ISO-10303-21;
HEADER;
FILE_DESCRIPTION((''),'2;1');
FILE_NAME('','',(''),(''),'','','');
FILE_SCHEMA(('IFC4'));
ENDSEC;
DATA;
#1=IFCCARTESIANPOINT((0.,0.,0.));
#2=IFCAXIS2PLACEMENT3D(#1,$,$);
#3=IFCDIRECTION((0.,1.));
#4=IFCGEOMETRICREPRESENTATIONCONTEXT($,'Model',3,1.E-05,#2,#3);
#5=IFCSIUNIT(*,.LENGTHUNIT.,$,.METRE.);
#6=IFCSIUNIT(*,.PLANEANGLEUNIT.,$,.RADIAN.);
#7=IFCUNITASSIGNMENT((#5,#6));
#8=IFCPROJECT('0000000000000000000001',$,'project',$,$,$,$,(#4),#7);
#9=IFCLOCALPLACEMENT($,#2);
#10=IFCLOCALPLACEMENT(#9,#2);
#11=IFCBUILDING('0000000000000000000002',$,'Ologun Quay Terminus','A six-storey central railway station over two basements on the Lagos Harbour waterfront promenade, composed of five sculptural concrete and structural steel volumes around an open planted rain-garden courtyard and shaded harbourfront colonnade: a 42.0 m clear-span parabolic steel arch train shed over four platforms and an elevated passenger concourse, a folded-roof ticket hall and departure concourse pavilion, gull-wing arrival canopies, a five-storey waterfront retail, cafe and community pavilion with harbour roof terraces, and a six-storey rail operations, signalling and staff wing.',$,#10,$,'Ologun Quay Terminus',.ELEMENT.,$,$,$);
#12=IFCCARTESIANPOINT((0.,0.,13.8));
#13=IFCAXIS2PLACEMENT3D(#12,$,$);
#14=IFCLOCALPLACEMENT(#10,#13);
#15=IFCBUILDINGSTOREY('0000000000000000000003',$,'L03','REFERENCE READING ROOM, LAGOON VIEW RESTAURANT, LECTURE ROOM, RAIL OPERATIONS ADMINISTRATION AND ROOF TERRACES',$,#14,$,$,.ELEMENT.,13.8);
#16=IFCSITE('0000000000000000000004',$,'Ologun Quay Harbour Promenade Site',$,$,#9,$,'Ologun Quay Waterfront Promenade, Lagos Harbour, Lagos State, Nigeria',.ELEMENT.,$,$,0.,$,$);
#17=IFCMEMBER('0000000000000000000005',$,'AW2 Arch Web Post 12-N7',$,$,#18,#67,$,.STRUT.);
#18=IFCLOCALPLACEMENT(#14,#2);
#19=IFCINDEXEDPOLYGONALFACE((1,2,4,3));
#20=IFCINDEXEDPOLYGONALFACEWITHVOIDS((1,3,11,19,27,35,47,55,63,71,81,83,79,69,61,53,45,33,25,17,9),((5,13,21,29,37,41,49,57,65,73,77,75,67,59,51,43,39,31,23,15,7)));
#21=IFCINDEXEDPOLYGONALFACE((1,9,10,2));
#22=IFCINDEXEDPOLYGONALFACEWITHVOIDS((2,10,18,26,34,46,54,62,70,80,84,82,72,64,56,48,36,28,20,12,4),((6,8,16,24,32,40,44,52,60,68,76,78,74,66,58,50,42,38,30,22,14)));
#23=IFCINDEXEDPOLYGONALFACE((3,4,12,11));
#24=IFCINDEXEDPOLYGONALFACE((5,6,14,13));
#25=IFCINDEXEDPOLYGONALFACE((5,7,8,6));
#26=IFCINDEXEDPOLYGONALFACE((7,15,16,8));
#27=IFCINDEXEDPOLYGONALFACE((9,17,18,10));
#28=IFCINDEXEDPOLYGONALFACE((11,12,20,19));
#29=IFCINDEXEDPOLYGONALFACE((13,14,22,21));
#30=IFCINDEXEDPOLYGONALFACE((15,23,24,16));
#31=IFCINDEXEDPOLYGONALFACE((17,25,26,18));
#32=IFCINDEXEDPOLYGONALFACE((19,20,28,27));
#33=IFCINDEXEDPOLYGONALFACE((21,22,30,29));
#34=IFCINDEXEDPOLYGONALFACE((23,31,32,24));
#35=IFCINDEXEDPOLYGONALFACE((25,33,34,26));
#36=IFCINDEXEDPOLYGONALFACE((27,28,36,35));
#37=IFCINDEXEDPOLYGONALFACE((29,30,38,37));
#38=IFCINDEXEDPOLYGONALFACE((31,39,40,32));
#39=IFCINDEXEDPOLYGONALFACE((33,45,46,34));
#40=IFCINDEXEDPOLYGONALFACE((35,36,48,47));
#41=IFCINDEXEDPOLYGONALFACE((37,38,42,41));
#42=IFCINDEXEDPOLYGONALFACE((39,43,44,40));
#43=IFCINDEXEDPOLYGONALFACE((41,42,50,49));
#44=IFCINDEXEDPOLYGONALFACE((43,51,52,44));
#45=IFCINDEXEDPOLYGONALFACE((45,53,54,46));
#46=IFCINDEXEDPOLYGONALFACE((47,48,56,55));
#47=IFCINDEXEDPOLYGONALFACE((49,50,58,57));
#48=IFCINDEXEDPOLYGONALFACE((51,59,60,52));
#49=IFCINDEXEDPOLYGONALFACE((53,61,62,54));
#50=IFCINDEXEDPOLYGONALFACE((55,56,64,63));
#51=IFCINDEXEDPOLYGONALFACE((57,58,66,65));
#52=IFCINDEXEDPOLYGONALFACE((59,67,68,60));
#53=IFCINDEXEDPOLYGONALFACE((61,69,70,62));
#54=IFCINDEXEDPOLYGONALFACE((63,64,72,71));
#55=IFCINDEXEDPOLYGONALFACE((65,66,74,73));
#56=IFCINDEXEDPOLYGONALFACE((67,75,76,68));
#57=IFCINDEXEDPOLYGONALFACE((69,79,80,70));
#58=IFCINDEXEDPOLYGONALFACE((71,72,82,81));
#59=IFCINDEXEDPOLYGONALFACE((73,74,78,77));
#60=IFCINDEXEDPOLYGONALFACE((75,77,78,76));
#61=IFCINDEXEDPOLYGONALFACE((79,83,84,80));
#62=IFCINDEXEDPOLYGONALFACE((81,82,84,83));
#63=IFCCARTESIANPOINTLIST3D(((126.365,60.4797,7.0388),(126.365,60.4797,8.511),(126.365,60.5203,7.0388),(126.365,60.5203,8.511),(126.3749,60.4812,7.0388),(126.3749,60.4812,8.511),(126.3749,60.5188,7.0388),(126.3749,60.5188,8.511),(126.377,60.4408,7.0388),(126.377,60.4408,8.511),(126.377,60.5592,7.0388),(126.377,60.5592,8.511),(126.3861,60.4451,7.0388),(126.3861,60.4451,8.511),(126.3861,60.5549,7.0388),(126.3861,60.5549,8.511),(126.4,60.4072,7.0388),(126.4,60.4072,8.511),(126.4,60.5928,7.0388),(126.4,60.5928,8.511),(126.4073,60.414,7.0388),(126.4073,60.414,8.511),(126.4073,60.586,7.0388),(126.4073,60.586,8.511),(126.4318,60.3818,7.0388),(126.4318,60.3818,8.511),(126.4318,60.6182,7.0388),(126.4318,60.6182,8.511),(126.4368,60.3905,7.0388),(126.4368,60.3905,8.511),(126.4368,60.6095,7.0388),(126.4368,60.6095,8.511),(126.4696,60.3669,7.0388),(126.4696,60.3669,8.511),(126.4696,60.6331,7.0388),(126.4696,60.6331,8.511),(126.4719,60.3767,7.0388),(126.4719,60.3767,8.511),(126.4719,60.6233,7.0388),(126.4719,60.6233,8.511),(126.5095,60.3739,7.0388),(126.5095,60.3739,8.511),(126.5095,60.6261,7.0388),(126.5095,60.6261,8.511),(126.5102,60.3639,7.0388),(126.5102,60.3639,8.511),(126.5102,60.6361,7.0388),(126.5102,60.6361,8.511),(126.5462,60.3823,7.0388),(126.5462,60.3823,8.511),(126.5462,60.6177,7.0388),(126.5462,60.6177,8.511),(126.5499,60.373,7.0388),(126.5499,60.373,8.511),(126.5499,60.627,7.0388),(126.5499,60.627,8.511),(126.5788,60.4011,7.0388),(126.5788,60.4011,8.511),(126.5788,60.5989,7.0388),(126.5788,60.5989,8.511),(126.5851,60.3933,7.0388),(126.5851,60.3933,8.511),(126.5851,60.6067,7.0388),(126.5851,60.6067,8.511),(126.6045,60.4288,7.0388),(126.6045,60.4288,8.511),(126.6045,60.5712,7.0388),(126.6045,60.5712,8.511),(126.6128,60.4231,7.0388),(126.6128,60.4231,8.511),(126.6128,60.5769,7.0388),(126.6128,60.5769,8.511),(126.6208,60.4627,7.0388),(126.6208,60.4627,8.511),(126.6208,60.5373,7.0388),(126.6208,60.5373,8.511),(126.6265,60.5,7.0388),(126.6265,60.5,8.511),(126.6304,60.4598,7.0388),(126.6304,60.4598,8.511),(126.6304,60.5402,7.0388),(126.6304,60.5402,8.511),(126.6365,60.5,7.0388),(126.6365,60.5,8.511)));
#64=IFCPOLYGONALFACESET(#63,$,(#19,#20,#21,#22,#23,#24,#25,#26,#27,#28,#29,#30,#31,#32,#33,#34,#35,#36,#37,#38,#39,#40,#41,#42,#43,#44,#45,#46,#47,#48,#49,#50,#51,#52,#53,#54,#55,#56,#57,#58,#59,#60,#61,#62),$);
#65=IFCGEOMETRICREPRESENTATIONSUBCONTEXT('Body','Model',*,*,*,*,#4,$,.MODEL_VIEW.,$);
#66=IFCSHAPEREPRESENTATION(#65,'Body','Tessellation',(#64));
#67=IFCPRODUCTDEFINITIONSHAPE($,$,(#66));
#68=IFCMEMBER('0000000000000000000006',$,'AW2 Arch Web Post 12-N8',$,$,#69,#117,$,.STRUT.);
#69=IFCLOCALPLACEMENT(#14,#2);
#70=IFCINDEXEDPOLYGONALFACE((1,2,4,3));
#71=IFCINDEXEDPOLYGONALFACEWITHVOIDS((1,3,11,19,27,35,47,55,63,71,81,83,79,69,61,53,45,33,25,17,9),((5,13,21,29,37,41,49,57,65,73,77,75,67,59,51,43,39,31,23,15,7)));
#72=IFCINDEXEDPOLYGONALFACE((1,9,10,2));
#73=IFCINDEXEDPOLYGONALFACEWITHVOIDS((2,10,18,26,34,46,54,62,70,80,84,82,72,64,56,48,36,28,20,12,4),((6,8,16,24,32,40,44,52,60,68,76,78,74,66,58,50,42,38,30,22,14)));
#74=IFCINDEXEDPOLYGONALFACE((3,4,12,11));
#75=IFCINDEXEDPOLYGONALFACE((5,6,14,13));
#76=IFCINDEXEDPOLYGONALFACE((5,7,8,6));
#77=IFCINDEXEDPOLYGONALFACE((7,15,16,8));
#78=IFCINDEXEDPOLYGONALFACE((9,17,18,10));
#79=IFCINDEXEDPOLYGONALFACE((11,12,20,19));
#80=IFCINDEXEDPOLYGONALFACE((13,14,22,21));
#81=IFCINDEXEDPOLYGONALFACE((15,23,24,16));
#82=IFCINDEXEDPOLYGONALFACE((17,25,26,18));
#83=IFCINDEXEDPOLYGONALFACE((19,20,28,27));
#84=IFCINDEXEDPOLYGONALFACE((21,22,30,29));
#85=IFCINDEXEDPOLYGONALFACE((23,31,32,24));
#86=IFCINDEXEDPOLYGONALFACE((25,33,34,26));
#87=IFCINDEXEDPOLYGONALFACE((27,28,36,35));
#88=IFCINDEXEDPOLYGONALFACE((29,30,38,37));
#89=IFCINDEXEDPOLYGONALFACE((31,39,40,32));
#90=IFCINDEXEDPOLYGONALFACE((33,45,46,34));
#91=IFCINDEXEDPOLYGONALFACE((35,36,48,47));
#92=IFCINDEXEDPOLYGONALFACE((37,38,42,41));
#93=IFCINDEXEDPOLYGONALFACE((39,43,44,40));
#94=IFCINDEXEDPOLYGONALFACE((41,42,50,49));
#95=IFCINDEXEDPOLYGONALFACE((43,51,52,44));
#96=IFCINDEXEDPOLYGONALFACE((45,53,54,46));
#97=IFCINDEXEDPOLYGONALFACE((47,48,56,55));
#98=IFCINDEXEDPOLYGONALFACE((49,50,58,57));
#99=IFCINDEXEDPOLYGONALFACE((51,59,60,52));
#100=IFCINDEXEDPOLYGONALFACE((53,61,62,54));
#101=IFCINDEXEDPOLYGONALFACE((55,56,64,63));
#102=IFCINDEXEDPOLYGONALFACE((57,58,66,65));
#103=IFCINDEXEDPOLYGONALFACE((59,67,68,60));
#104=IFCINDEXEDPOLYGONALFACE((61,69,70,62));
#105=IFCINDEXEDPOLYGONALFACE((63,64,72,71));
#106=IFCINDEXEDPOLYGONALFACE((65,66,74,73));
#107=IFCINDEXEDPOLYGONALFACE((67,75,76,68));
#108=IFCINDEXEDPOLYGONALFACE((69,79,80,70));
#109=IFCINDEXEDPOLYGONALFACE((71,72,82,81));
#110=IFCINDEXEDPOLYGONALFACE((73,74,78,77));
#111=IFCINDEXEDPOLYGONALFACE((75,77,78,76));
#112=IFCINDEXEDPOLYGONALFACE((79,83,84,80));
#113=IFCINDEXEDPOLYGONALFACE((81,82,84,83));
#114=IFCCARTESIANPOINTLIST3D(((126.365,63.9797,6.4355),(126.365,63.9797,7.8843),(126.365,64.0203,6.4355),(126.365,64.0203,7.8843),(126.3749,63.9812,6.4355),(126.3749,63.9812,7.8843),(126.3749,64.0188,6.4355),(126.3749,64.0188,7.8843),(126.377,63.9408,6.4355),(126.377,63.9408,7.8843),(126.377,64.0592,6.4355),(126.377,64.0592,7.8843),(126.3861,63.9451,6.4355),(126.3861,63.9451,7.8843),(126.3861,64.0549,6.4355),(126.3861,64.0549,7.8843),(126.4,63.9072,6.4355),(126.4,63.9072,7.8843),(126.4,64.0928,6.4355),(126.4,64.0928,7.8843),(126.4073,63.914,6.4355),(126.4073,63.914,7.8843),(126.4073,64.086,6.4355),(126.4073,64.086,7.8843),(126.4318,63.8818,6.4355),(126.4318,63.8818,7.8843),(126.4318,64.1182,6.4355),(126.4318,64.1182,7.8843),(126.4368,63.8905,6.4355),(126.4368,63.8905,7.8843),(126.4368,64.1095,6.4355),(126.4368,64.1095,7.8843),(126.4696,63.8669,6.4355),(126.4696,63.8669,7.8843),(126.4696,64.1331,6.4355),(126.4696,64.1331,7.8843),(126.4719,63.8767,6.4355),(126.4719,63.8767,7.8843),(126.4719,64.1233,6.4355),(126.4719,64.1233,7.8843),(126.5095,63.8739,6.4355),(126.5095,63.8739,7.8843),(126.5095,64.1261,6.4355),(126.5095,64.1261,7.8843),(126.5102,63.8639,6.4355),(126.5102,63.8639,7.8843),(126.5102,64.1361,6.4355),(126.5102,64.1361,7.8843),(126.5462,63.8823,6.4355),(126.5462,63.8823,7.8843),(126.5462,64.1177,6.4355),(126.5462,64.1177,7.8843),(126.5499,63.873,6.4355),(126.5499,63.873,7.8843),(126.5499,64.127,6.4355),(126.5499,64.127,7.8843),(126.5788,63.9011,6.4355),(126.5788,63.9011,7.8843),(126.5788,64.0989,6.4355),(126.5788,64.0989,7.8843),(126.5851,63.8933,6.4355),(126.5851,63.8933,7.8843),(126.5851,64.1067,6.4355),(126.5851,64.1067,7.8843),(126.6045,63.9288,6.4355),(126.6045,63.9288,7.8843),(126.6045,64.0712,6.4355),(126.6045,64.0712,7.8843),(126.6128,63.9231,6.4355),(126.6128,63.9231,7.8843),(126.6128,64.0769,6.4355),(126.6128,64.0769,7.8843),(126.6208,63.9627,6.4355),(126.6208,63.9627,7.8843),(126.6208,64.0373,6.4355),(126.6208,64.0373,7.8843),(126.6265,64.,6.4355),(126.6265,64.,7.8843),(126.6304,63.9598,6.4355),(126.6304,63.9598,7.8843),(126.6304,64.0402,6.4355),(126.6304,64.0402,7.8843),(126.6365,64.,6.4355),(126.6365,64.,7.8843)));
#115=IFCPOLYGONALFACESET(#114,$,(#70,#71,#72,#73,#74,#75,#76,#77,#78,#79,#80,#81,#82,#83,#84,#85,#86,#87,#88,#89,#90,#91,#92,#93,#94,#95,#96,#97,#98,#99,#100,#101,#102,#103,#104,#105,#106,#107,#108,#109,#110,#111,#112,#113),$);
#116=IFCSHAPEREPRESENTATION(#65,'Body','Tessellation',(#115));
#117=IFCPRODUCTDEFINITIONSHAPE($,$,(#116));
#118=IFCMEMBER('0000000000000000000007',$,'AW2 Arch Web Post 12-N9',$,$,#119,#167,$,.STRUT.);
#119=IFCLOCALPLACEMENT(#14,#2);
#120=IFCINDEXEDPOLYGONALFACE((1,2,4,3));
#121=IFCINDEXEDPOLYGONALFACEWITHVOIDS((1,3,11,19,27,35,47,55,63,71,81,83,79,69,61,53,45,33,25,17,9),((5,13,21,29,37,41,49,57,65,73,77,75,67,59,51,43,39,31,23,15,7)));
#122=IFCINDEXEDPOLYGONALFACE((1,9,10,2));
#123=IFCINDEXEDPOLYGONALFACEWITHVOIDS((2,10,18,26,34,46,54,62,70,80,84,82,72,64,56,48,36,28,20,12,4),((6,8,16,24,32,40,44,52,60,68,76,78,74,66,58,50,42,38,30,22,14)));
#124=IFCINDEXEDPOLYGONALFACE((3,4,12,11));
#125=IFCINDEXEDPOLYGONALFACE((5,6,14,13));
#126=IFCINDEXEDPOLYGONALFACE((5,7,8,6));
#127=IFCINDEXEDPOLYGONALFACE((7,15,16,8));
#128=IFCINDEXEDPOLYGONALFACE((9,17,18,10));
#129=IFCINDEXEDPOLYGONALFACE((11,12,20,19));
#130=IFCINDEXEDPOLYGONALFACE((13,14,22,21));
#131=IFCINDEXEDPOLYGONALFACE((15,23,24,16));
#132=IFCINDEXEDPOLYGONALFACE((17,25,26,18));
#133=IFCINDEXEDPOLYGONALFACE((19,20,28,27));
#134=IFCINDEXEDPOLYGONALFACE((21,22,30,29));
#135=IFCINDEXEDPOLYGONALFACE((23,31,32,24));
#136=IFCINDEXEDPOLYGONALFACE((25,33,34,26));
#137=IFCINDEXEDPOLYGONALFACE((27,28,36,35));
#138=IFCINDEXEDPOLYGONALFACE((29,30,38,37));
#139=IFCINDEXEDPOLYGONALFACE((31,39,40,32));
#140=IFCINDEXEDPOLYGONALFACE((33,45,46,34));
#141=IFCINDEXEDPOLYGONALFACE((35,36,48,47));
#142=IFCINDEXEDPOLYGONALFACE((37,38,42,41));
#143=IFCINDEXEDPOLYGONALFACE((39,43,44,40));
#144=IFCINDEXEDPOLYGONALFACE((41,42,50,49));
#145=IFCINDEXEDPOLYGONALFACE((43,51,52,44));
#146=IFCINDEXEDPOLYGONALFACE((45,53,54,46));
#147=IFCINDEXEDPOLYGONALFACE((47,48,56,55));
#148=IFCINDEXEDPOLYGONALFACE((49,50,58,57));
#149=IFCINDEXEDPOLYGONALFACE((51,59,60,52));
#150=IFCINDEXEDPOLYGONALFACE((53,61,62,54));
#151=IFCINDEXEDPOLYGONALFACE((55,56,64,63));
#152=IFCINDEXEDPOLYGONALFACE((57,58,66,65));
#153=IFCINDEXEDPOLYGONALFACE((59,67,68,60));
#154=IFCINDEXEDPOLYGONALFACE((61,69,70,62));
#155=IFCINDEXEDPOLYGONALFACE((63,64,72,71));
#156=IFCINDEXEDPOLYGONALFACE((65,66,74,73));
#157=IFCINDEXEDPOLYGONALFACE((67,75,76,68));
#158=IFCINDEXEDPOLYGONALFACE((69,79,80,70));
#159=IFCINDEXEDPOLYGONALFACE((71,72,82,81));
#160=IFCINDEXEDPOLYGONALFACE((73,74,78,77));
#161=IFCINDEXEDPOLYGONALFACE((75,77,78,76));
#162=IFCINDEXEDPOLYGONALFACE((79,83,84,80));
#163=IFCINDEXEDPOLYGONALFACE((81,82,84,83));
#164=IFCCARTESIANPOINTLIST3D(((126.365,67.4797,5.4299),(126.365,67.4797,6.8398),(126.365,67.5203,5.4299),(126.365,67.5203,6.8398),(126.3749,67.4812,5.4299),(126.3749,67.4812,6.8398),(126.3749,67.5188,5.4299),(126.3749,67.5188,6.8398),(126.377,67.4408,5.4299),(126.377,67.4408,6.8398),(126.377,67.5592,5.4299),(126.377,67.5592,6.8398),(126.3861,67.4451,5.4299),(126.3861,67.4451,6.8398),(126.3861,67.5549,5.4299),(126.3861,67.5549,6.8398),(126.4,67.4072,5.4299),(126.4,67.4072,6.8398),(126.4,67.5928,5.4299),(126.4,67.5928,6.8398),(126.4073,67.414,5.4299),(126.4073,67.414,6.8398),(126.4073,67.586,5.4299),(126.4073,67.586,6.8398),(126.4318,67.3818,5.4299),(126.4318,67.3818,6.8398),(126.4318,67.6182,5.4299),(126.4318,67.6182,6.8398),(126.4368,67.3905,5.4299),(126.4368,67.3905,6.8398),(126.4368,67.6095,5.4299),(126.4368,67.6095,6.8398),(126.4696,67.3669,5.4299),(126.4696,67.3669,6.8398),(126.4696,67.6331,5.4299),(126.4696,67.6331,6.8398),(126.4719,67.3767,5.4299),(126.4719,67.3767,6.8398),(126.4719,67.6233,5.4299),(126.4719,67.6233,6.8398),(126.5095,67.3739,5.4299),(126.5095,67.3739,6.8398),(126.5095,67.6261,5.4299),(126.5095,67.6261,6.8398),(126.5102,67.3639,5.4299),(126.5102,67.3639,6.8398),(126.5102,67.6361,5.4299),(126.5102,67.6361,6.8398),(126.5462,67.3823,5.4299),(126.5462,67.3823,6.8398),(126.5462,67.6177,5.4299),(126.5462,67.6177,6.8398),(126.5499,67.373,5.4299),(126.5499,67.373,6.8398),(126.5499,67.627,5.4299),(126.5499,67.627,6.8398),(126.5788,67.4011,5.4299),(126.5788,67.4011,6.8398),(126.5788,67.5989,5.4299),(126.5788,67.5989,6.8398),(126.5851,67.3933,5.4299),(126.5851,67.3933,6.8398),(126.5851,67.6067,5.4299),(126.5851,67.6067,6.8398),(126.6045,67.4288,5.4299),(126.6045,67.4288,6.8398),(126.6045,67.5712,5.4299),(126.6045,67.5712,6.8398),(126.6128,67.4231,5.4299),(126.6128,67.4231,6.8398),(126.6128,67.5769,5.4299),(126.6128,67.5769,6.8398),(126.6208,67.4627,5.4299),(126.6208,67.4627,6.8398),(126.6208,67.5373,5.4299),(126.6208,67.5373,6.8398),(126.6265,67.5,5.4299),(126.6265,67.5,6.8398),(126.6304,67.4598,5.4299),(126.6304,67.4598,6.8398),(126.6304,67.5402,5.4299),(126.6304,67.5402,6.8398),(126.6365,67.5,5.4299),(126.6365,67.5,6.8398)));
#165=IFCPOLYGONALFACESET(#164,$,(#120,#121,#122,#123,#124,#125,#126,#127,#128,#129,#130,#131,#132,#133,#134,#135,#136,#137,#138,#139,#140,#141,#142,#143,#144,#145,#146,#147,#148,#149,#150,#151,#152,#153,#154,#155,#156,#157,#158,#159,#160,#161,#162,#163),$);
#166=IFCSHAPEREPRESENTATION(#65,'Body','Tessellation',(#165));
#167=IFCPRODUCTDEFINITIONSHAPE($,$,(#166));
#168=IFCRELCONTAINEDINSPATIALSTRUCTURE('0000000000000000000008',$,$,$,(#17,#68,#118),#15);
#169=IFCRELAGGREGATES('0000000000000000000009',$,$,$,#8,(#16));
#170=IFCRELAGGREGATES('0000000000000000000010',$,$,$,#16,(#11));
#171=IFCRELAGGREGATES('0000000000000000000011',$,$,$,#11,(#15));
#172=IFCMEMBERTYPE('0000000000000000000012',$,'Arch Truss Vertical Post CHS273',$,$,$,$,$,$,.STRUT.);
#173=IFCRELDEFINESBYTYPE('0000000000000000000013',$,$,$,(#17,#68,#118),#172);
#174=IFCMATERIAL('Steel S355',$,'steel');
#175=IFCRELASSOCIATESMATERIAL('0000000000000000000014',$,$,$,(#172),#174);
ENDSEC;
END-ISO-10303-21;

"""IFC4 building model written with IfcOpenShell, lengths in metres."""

from ifc_helpers import new_model, si_unit, direction, frame, origin, origin_2d, place, context, subcontext, project, spatial, hollow_circle, extrude, material, material_profile, profile_set, type_object, element, save


model = new_model("IFC4")

# Units and contexts
model_context = context("Model", 3, precision=1e-05, world=origin(), true_north=direction((0.0, 1.0)))
body_context = subcontext(model_context, "Body", "Model", "MODEL_VIEW")
ifc_project = project(units=[si_unit("LENGTHUNIT", "METRE"), si_unit("PLANEANGLEUNIT", "RADIAN")], contexts=[model_context])

# Site, building, storey
site_placement = place(None, origin())
site = spatial("IfcSite", under=ifc_project, at=site_placement, Name="Ologun Quay Harbour Promenade Site", LongName="Ologun Quay Waterfront Promenade, Lagos Harbour, Lagos State, Nigeria", CompositionType="ELEMENT", RefElevation=0.0)
building_placement = place(site_placement, origin())
building = spatial("IfcBuilding", under=site, at=building_placement, Name="Ologun Quay Terminus", Description="A six-storey central railway station over two basements on the Lagos Harbour waterfront promenade, composed of five sculptural concrete and structural steel volumes around an open planted rain-garden courtyard and shaded harbourfront colonnade: a 42.0 m clear-span parabolic steel arch train shed over four platforms and an elevated passenger concourse, a folded-roof ticket hall and departure concourse pavilion, gull-wing arrival canopies, a five-storey waterfront retail, cafe and community pavilion with harbour roof terraces, and a six-storey rail operations, signalling and staff wing.", LongName="Ologun Quay Terminus", CompositionType="ELEMENT")
storey_placement = place(building_placement, frame((0.0, 0.0, 13.8)))
storey = spatial("IfcBuildingStorey", under=building, at=storey_placement, Name="L03", Description="REFERENCE READING ROOM, LAGOON VIEW RESTAURANT, LECTURE ROOM, RAIL OPERATIONS ADMINISTRATION AND ROOF TERRACES", CompositionType="ELEMENT", Elevation=13.8)

# Members
ifc_material_1 = material(Name="Steel S355", Category="steel")
ifc_material_profile_1 = material_profile(ifc_material_1, hollow_circle(Radius=0.1365, WallThickness=0.01, at=origin_2d()), Name="CHS 273x10")
ifc_profile_set_1 = profile_set([ifc_material_profile_1], Name="Steel S355")
member_type_1 = type_object("IfcMemberType", Name="Arch Truss Vertical Post CHS273", PredefinedType="STRUT", material=ifc_profile_set_1)
member_1_placement = place(storey_placement, frame((126.5, 60.5, 7.0388), z_axis=(0.0, 0.0, 1.0), x_axis=(1.0, 0.0, 0.0)))
element("IfcMember", 1, at=member_1_placement, inside=storey, type_object=member_type_1, Name="AW2 Arch Web Post 12-N7", PredefinedType="STRUT", context=body_context, shape_type="SweptSolid", body=[
    extrude(hollow_circle(Radius=0.1365, WallThickness=0.01, at=origin_2d()), origin(), (0.0, 0.0, 1.0), 1.4722),
])
member_2_placement = place(storey_placement, frame((126.5, 64.0, 6.4355), z_axis=(0.0, 0.0, 1.0), x_axis=(1.0, 0.0, 0.0)))
element("IfcMember", 2, at=member_2_placement, inside=storey, type_object=member_type_1, Name="AW2 Arch Web Post 12-N8", PredefinedType="STRUT", context=body_context, shape_type="SweptSolid", body=[
    extrude(hollow_circle(Radius=0.1365, WallThickness=0.01, at=origin_2d()), origin(), (0.0, 0.0, 1.0), 1.4487),
])
member_3_placement = place(storey_placement, frame((126.5, 67.5, 5.4299), z_axis=(0.0, 0.0, 1.0), x_axis=(1.0, 0.0, 0.0)))
element("IfcMember", 3, at=member_3_placement, inside=storey, type_object=member_type_1, Name="AW2 Arch Web Post 12-N9", PredefinedType="STRUT", context=body_context, shape_type="SweptSolid", body=[
    extrude(hollow_circle(Radius=0.1365, WallThickness=0.01, at=origin_2d()), origin(), (0.0, 0.0, 1.0), 1.4099),
])

save(model, "model.ifc")
